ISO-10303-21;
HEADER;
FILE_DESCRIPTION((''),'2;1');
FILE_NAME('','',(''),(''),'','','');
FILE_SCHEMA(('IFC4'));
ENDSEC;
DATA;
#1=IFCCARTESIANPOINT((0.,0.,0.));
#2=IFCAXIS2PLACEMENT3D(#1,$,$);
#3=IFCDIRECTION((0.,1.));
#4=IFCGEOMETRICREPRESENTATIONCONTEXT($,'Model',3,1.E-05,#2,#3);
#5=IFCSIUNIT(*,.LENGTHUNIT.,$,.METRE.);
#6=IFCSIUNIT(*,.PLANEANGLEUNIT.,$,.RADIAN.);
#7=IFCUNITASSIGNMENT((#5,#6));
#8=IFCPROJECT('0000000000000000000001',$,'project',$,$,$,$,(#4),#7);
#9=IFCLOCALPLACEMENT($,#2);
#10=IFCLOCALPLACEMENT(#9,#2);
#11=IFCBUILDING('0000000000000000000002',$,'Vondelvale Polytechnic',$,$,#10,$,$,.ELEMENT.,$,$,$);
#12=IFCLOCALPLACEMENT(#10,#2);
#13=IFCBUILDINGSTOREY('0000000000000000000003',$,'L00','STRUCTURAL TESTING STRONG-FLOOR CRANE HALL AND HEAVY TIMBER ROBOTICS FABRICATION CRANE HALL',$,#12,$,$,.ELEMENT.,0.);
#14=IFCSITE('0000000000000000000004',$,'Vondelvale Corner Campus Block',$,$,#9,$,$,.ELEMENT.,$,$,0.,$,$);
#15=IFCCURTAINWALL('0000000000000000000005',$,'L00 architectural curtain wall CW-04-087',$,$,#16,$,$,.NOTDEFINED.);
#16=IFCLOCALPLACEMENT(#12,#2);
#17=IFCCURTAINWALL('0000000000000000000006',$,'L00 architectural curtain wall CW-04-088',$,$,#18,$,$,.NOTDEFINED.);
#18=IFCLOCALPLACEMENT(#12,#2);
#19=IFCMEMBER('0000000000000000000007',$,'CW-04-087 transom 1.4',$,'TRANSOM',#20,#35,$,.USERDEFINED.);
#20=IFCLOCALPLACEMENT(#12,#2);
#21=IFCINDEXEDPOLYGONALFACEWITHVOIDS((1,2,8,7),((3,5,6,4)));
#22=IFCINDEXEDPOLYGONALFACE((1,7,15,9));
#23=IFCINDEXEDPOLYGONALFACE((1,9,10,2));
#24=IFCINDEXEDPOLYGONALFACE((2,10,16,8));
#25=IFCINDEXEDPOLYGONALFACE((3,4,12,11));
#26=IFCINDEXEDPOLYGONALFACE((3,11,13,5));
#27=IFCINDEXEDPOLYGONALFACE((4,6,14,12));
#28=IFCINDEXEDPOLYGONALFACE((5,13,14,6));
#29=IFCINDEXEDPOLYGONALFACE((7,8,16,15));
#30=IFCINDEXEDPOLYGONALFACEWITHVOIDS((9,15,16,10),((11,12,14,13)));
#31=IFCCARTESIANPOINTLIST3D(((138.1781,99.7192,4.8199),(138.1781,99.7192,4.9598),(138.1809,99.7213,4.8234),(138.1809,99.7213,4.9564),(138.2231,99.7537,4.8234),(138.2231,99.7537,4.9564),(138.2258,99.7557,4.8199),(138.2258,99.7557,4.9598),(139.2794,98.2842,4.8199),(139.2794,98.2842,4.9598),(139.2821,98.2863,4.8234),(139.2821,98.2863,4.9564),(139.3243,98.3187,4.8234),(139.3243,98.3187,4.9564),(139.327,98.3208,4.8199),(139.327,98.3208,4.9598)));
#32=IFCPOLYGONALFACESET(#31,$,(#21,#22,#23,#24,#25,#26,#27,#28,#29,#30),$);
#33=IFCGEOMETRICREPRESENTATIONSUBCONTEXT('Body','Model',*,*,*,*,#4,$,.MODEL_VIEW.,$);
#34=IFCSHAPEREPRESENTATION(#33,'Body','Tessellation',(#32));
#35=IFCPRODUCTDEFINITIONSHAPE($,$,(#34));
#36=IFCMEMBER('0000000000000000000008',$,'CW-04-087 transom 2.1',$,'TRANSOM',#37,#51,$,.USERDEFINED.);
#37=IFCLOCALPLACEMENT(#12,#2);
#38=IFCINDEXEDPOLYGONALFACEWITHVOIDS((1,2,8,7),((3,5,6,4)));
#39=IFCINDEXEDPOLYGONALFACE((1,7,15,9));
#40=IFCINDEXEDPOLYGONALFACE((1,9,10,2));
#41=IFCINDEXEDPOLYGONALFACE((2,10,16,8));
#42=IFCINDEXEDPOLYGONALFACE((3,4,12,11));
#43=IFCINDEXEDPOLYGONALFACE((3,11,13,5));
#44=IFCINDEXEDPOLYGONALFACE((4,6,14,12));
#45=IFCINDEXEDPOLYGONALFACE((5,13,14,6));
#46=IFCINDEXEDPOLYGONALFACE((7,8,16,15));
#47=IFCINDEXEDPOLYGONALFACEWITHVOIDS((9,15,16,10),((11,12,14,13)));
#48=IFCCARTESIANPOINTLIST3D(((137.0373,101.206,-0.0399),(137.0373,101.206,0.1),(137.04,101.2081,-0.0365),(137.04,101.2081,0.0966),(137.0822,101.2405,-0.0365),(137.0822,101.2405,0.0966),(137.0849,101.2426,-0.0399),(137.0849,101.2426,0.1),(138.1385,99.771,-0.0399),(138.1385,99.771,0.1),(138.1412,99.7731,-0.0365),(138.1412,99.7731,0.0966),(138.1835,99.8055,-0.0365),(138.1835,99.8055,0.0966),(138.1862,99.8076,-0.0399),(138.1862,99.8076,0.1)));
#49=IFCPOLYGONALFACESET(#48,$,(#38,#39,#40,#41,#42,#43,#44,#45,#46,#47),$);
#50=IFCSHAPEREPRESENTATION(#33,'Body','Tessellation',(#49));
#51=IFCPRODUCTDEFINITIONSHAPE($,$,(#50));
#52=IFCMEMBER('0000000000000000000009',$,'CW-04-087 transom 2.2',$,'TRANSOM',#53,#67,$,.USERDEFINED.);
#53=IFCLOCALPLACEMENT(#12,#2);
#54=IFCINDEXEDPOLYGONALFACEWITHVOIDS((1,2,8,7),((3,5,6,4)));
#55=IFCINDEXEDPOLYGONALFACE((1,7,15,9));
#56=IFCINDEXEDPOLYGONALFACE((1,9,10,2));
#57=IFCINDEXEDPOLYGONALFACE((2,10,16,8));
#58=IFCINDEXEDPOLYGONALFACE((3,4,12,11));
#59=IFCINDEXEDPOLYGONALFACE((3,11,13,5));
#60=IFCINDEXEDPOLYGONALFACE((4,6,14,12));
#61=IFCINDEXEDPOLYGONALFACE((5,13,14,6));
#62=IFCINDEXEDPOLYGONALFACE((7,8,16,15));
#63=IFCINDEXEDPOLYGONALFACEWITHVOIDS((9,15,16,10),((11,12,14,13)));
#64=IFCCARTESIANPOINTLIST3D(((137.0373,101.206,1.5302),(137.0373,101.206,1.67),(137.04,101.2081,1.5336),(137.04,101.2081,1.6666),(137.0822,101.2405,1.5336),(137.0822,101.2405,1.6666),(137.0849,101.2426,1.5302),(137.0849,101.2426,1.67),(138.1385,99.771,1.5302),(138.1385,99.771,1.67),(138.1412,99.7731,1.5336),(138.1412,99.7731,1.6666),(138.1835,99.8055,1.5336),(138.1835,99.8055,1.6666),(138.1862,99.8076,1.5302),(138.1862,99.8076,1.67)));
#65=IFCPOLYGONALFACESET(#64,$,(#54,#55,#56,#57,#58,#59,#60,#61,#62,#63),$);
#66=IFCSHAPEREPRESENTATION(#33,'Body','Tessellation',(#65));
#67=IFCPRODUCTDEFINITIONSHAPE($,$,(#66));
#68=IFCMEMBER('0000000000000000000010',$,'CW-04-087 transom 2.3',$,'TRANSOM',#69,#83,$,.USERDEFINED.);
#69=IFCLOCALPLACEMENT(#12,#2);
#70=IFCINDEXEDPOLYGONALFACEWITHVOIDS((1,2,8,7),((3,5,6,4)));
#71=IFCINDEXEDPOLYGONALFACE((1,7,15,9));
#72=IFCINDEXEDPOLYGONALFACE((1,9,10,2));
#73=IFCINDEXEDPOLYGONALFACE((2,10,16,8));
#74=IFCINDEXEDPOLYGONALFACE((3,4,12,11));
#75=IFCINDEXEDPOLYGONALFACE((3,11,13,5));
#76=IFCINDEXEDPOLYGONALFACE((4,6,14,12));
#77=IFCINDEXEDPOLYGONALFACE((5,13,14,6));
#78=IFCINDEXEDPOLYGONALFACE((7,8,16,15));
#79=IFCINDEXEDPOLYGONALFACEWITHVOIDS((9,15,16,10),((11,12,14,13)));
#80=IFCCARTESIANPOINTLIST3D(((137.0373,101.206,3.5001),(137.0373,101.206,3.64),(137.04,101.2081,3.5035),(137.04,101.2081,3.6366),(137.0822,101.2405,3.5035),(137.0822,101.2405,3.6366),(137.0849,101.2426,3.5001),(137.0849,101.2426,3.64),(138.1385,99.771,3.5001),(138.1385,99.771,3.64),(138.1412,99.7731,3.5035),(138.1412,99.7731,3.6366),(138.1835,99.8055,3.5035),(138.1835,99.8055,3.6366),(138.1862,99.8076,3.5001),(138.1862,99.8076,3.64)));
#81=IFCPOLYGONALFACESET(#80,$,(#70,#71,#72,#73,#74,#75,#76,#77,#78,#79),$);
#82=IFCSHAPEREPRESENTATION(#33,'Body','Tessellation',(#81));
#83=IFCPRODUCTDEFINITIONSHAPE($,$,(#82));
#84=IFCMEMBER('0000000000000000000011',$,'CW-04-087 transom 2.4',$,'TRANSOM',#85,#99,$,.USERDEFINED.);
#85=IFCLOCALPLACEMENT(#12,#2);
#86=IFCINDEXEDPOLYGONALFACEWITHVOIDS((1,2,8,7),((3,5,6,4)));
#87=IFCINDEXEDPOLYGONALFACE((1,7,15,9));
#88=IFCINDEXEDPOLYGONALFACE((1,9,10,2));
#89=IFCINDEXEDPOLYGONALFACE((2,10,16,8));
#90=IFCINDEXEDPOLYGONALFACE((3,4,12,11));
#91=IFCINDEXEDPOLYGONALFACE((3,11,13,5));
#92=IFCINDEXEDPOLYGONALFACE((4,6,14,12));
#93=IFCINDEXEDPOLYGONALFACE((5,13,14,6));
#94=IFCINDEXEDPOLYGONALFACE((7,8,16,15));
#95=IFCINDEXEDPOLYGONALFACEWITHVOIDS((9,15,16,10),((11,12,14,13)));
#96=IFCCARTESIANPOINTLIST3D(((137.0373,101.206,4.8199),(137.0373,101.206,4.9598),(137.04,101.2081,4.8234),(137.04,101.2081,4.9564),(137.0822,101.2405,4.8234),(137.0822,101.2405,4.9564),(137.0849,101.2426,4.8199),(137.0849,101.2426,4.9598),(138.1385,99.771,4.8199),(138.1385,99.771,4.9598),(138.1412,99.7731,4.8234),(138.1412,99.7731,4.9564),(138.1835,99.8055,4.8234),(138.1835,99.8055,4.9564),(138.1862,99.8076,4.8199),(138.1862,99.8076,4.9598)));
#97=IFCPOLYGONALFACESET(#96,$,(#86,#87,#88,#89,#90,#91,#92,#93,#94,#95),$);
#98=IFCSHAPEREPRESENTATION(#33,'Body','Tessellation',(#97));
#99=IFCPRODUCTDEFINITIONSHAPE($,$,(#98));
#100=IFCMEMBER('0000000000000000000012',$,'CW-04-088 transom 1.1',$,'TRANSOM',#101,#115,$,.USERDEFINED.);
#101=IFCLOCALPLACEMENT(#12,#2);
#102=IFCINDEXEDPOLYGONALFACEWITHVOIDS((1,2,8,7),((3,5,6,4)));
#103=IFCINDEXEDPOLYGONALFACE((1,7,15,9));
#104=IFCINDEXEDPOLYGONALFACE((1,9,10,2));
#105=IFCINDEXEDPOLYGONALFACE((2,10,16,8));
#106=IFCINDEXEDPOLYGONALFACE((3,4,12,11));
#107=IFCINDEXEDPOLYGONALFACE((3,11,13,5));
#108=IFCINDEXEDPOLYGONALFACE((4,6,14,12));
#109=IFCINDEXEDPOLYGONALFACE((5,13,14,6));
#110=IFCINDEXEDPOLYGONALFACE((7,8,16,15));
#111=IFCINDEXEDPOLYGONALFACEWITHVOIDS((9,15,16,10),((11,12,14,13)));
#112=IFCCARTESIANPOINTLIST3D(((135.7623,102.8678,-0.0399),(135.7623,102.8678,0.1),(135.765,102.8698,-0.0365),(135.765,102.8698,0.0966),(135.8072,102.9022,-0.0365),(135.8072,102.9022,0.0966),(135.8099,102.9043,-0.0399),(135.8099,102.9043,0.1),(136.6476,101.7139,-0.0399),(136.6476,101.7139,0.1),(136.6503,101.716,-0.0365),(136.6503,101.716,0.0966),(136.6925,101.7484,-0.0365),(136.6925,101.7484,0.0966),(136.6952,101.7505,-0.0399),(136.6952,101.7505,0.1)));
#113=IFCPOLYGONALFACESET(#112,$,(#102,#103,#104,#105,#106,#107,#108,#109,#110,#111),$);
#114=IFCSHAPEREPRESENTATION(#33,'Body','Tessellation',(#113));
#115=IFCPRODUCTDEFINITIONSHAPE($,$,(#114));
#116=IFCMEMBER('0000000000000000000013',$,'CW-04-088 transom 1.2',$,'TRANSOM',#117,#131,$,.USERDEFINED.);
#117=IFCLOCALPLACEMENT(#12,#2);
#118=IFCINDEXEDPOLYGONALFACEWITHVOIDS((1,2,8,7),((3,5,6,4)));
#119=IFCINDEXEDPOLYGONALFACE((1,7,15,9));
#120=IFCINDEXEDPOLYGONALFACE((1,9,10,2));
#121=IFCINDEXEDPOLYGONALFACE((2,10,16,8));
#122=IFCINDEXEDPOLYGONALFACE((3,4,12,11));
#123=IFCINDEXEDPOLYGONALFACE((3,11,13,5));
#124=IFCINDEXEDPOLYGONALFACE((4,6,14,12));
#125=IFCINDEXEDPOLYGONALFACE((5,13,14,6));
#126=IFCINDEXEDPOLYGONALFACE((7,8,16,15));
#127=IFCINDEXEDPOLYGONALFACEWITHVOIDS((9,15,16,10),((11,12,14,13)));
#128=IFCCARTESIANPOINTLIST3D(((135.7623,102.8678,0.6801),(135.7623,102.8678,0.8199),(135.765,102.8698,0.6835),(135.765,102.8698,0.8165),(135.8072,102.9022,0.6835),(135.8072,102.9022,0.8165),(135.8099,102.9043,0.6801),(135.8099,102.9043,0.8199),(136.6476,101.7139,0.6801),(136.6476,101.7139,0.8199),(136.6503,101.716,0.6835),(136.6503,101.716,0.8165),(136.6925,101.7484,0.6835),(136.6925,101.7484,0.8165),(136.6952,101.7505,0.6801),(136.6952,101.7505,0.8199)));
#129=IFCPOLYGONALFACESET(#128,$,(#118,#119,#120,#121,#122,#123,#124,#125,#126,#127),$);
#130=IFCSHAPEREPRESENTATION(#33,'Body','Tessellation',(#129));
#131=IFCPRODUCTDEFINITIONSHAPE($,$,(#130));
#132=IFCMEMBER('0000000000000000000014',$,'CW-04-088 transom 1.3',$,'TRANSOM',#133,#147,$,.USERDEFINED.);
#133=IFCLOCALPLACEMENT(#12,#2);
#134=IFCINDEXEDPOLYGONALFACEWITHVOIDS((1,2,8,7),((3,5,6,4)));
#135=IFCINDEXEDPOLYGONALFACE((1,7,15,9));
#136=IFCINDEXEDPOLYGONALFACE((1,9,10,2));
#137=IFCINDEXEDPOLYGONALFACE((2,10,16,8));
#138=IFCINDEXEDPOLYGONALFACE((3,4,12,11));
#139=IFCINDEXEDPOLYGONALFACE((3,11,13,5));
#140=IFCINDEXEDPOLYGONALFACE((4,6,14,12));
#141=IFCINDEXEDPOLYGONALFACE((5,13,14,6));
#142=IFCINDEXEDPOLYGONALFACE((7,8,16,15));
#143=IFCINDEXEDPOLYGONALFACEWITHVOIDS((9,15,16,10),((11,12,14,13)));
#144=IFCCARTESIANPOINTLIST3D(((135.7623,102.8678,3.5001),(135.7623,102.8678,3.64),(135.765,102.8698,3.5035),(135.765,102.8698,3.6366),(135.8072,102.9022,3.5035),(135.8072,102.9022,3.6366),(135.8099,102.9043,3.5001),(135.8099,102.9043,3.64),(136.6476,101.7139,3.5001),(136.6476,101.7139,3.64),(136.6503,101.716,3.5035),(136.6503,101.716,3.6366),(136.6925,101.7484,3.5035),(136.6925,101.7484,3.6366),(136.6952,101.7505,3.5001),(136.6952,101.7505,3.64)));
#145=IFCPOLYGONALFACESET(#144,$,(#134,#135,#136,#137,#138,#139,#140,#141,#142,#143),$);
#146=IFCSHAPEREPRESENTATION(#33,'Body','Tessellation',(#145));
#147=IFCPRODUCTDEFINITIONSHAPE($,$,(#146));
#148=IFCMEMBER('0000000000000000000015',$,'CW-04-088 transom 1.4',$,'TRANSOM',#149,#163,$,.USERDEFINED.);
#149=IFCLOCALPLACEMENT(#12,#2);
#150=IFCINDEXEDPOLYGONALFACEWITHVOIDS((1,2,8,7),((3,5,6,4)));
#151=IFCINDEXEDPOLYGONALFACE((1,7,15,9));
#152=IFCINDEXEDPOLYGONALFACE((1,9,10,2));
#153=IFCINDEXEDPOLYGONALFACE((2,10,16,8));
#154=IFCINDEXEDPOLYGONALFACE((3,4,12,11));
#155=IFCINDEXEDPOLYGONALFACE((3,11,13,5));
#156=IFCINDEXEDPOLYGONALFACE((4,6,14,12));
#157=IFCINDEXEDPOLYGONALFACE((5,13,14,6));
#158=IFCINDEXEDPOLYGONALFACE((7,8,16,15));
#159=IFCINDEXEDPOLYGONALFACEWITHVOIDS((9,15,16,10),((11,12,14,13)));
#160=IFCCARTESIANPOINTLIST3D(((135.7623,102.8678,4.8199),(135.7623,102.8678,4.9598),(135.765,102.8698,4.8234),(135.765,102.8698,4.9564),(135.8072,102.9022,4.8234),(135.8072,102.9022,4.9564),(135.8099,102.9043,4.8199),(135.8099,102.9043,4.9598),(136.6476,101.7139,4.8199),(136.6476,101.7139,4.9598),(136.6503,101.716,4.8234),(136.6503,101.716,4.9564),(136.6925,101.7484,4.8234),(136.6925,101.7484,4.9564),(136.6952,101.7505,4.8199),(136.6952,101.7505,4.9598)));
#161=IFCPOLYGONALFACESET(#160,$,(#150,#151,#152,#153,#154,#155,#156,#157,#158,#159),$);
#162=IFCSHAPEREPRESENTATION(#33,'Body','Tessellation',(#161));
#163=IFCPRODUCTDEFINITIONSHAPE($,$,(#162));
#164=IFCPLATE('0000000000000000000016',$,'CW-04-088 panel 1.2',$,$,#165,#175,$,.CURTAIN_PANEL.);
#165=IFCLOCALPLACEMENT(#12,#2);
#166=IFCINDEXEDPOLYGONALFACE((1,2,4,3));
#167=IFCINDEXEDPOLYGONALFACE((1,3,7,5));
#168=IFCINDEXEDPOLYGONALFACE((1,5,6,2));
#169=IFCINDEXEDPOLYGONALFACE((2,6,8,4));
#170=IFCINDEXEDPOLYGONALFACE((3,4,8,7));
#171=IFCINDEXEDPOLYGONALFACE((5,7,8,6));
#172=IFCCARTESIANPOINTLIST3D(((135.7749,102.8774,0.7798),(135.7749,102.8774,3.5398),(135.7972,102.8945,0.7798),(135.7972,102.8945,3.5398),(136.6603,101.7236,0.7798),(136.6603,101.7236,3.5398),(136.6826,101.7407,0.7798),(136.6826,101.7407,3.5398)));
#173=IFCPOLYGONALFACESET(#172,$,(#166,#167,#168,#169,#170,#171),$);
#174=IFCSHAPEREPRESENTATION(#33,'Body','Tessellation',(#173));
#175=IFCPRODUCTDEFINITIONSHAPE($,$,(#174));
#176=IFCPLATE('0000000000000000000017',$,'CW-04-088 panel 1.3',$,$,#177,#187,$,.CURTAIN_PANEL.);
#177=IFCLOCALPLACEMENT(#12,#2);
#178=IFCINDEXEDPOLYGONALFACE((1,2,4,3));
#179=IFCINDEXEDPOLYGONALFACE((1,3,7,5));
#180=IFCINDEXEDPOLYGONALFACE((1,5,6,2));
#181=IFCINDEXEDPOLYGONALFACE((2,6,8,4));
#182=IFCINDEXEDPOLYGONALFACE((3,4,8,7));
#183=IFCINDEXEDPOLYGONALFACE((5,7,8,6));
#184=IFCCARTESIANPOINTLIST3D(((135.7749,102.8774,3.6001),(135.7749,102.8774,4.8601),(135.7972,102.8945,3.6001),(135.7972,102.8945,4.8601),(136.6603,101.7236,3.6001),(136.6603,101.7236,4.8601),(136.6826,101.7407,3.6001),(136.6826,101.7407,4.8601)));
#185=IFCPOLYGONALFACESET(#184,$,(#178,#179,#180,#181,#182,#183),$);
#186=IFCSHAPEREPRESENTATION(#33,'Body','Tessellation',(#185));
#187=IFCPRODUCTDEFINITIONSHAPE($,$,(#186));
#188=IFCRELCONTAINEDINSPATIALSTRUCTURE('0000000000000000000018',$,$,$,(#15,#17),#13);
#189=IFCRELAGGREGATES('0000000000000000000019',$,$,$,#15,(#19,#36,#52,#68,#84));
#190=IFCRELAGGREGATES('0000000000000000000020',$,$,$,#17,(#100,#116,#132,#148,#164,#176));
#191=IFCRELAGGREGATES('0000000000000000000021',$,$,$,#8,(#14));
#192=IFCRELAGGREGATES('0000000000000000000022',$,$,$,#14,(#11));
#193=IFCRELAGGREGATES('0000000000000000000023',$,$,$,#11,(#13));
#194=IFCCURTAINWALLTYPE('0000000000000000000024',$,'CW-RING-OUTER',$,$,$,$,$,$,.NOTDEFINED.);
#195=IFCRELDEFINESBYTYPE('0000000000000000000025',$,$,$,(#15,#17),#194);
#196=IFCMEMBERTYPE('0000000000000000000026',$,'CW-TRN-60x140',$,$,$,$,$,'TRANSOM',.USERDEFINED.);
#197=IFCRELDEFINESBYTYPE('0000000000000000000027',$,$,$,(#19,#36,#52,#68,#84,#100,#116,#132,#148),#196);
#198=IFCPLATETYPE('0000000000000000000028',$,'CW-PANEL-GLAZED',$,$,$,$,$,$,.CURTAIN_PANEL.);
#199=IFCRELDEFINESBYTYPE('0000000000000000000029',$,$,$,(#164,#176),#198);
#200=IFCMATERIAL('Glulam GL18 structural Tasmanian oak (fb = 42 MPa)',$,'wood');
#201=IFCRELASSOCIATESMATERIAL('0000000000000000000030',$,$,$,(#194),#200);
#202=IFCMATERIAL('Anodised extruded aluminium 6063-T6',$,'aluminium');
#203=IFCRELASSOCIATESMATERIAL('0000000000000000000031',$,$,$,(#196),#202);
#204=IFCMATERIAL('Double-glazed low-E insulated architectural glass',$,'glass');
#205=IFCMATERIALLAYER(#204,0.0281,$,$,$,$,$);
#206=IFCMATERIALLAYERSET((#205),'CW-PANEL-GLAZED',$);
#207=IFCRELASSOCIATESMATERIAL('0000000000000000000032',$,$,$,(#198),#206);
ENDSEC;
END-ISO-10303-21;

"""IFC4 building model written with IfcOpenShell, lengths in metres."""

from ifc_helpers import new_model, si_unit, direction, frame, origin, origin_2d, place, context, subcontext, project, spatial, rectangle, hollow_rectangle, extrude, material, layer, layer_set, material_profile, profile_set, type_object, element, aggregate, save


model = new_model("IFC4")

# Units and contexts
model_context = context("Model", 3, precision=1e-05, world=origin(), true_north=direction((0.0, 1.0)))
body_context = subcontext(model_context, "Body", "Model", "MODEL_VIEW")
ifc_project = project(units=[si_unit("LENGTHUNIT", "METRE"), si_unit("PLANEANGLEUNIT", "RADIAN")], contexts=[model_context])

# Site, building, storey
site_placement = place(None, origin())
site = spatial("IfcSite", under=ifc_project, at=site_placement, Name="Vondelvale Corner Campus Block", CompositionType="ELEMENT", RefElevation=0.0)
building_placement = place(site_placement, origin())
building = spatial("IfcBuilding", under=site, at=building_placement, Name="Vondelvale Polytechnic", CompositionType="ELEMENT")
storey_placement = place(building_placement, origin())
storey = spatial("IfcBuildingStorey", under=building, at=storey_placement, Name="L00", Description="STRUCTURAL TESTING STRONG-FLOOR CRANE HALL AND HEAVY TIMBER ROBOTICS FABRICATION CRANE HALL", CompositionType="ELEMENT", Elevation=0.0)

# Shared definitions
ifc_material_1 = material(Name="Glulam GL18 structural Tasmanian oak (fb = 42 MPa)", Category="wood")

# Curtain wall
curtain_wall_type = type_object("IfcCurtainWallType", Name="CW-RING-OUTER", PredefinedType="NOTDEFINED", material=ifc_material_1)
curtain_wall_1_placement = place(storey_placement, origin())
curtain_wall_1 = element("IfcCurtainWall", 1, at=curtain_wall_1_placement, inside=storey, type_object=curtain_wall_type, Name="L00 architectural curtain wall CW-04-087", PredefinedType="NOTDEFINED")
ifc_material_2 = material(Name="Anodised extruded aluminium 6063-T6", Category="aluminium")

# Curtain wall
curtain_wall_2_placement = place(storey_placement, origin())
curtain_wall_2 = element("IfcCurtainWall", 2, at=curtain_wall_2_placement, inside=storey, type_object=curtain_wall_type, Name="L00 architectural curtain wall CW-04-088", PredefinedType="NOTDEFINED")

# Members
ifc_material_profile_1 = material_profile(ifc_material_2, hollow_rectangle(XDim=0.0601, YDim=0.1399, WallThickness=0.0034, at=origin_2d()), Name="CW-TRN-140x60")
ifc_profile_set_1 = profile_set([ifc_material_profile_1], Name="Anodised extruded aluminium 6063-T6")
member_type_1 = type_object("IfcMemberType", Name="CW-TRN-60x140", ElementType="TRANSOM", PredefinedType="USERDEFINED", material=ifc_profile_set_1)
member_1_placement = place(storey_placement, frame((139.3032, 98.3025, 4.8899), z_axis=(-0.608817, 0.793311, 0.0), x_axis=(-0.793311, -0.608817, 0.0)))
member_1 = element("IfcMember", 3, at=member_1_placement, type_object=member_type_1, Name="CW-04-087 transom 1.4", ObjectType="TRANSOM", PredefinedType="USERDEFINED", context=body_context, shape_type="SweptSolid", body=[
    extrude(hollow_rectangle(XDim=0.0601, YDim=0.1399, WallThickness=0.0034, at=origin_2d()), origin(), (0.0, 0.0, 1.0), 1.8088),
])
member_2_placement = place(storey_placement, frame((138.1624, 99.7893, 0.03), z_axis=(-0.608817, 0.793311, 0.0), x_axis=(-0.793311, -0.608817, 0.0)))
member_2 = element("IfcMember", 4, at=member_2_placement, type_object=member_type_1, Name="CW-04-087 transom 2.1", ObjectType="TRANSOM", PredefinedType="USERDEFINED", context=body_context, shape_type="SweptSolid", body=[
    extrude(hollow_rectangle(XDim=0.0601, YDim=0.1399, WallThickness=0.0034, at=origin_2d()), origin(), (0.0, 0.0, 1.0), 1.8088),
])
member_3_placement = place(storey_placement, frame((138.1624, 99.7893, 1.6001), z_axis=(-0.608817, 0.793311, 0.0), x_axis=(-0.793311, -0.608817, 0.0)))
member_3 = element("IfcMember", 5, at=member_3_placement, type_object=member_type_1, Name="CW-04-087 transom 2.2", ObjectType="TRANSOM", PredefinedType="USERDEFINED", context=body_context, shape_type="SweptSolid", body=[
    extrude(hollow_rectangle(XDim=0.0601, YDim=0.1399, WallThickness=0.0034, at=origin_2d()), origin(), (0.0, 0.0, 1.0), 1.8088),
])
member_4_placement = place(storey_placement, frame((138.1624, 99.7893, 3.5701), z_axis=(-0.608817, 0.793311, 0.0), x_axis=(-0.793311, -0.608817, 0.0)))
member_4 = element("IfcMember", 6, at=member_4_placement, type_object=member_type_1, Name="CW-04-087 transom 2.3", ObjectType="TRANSOM", PredefinedType="USERDEFINED", context=body_context, shape_type="SweptSolid", body=[
    extrude(hollow_rectangle(XDim=0.0601, YDim=0.1399, WallThickness=0.0034, at=origin_2d()), origin(), (0.0, 0.0, 1.0), 1.8088),
])
member_5_placement = place(storey_placement, frame((138.1624, 99.7893, 4.8899), z_axis=(-0.608817, 0.793311, 0.0), x_axis=(-0.793311, -0.608817, 0.0)))
member_5 = element("IfcMember", 7, at=member_5_placement, type_object=member_type_1, Name="CW-04-087 transom 2.4", ObjectType="TRANSOM", PredefinedType="USERDEFINED", context=body_context, shape_type="SweptSolid", body=[
    extrude(hollow_rectangle(XDim=0.0601, YDim=0.1399, WallThickness=0.0034, at=origin_2d()), origin(), (0.0, 0.0, 1.0), 1.8088),
])
member_6_placement = place(storey_placement, frame((136.6714, 101.7322, 0.03), z_axis=(-0.608721, 0.793385, 0.0), x_axis=(-0.793385, -0.608721, 0.0)))
member_6 = element("IfcMember", 8, at=member_6_placement, type_object=member_type_1, Name="CW-04-088 transom 1.1", ObjectType="TRANSOM", PredefinedType="USERDEFINED", context=body_context, shape_type="SweptSolid", body=[
    extrude(hollow_rectangle(XDim=0.0601, YDim=0.1399, WallThickness=0.0034, at=origin_2d()), origin(), (0.0, 0.0, 1.0), 1.4543),
])
member_7_placement = place(storey_placement, frame((136.6714, 101.7322, 0.75), z_axis=(-0.608721, 0.793385, 0.0), x_axis=(-0.793385, -0.608721, 0.0)))
member_7 = element("IfcMember", 9, at=member_7_placement, type_object=member_type_1, Name="CW-04-088 transom 1.2", ObjectType="TRANSOM", PredefinedType="USERDEFINED", context=body_context, shape_type="SweptSolid", body=[
    extrude(hollow_rectangle(XDim=0.0601, YDim=0.1399, WallThickness=0.0034, at=origin_2d()), origin(), (0.0, 0.0, 1.0), 1.4543),
])
member_8_placement = place(storey_placement, frame((136.6714, 101.7322, 3.5701), z_axis=(-0.608721, 0.793385, 0.0), x_axis=(-0.793385, -0.608721, 0.0)))
member_8 = element("IfcMember", 10, at=member_8_placement, type_object=member_type_1, Name="CW-04-088 transom 1.3", ObjectType="TRANSOM", PredefinedType="USERDEFINED", context=body_context, shape_type="SweptSolid", body=[
    extrude(hollow_rectangle(XDim=0.0601, YDim=0.1399, WallThickness=0.0034, at=origin_2d()), origin(), (0.0, 0.0, 1.0), 1.4543),
])
member_9_placement = place(storey_placement, frame((136.6714, 101.7322, 4.8899), z_axis=(-0.608721, 0.793385, 0.0), x_axis=(-0.793385, -0.608721, 0.0)))
member_9 = element("IfcMember", 11, at=member_9_placement, type_object=member_type_1, Name="CW-04-088 transom 1.4", ObjectType="TRANSOM", PredefinedType="USERDEFINED", context=body_context, shape_type="SweptSolid", body=[
    extrude(hollow_rectangle(XDim=0.0601, YDim=0.1399, WallThickness=0.0034, at=origin_2d()), origin(), (0.0, 0.0, 1.0), 1.4543),
])

# Plates
ifc_material_3 = material(Name="Double-glazed low-E insulated architectural glass", Category="glass")
ifc_layer_1 = layer(ifc_material_3, 0.0281)
ifc_layer_set_1 = layer_set([ifc_layer_1], Name="CW-PANEL-GLAZED")
plate_type_1 = type_object("IfcPlateType", Name="CW-PANEL-GLAZED", PredefinedType="CURTAIN_PANEL", material=ifc_layer_set_1)
plate_1_placement = place(storey_placement, frame((136.2288, 102.3091, 0.7798), z_axis=(0.0, 0.0, 1.0), x_axis=(-0.608764, 0.793352, 0.0)))
plate_1 = element("IfcPlate", 12, at=plate_1_placement, type_object=plate_type_1, Name="CW-04-088 panel 1.2", PredefinedType="CURTAIN_PANEL", context=body_context, shape_type="SweptSolid", body=[
    extrude(rectangle(XDim=1.4543, YDim=0.0281, at=origin_2d()), origin(), (0.0, 0.0, 1.0), 2.76),
])
plate_2_placement = place(storey_placement, frame((136.2288, 102.3091, 3.6001), z_axis=(0.0, 0.0, 1.0), x_axis=(-0.608764, 0.793352, 0.0)))
plate_2 = element("IfcPlate", 13, at=plate_2_placement, type_object=plate_type_1, Name="CW-04-088 panel 1.3", PredefinedType="CURTAIN_PANEL", context=body_context, shape_type="SweptSolid", body=[
    extrude(rectangle(XDim=1.4543, YDim=0.0281, at=origin_2d()), origin(), (0.0, 0.0, 1.0), 1.26),
])
aggregate(curtain_wall_1, [member_1, member_2, member_3, member_4, member_5])
aggregate(curtain_wall_2, [member_6, member_7, member_8, member_9, plate_1, plate_2])

save(model, "model.ifc")
